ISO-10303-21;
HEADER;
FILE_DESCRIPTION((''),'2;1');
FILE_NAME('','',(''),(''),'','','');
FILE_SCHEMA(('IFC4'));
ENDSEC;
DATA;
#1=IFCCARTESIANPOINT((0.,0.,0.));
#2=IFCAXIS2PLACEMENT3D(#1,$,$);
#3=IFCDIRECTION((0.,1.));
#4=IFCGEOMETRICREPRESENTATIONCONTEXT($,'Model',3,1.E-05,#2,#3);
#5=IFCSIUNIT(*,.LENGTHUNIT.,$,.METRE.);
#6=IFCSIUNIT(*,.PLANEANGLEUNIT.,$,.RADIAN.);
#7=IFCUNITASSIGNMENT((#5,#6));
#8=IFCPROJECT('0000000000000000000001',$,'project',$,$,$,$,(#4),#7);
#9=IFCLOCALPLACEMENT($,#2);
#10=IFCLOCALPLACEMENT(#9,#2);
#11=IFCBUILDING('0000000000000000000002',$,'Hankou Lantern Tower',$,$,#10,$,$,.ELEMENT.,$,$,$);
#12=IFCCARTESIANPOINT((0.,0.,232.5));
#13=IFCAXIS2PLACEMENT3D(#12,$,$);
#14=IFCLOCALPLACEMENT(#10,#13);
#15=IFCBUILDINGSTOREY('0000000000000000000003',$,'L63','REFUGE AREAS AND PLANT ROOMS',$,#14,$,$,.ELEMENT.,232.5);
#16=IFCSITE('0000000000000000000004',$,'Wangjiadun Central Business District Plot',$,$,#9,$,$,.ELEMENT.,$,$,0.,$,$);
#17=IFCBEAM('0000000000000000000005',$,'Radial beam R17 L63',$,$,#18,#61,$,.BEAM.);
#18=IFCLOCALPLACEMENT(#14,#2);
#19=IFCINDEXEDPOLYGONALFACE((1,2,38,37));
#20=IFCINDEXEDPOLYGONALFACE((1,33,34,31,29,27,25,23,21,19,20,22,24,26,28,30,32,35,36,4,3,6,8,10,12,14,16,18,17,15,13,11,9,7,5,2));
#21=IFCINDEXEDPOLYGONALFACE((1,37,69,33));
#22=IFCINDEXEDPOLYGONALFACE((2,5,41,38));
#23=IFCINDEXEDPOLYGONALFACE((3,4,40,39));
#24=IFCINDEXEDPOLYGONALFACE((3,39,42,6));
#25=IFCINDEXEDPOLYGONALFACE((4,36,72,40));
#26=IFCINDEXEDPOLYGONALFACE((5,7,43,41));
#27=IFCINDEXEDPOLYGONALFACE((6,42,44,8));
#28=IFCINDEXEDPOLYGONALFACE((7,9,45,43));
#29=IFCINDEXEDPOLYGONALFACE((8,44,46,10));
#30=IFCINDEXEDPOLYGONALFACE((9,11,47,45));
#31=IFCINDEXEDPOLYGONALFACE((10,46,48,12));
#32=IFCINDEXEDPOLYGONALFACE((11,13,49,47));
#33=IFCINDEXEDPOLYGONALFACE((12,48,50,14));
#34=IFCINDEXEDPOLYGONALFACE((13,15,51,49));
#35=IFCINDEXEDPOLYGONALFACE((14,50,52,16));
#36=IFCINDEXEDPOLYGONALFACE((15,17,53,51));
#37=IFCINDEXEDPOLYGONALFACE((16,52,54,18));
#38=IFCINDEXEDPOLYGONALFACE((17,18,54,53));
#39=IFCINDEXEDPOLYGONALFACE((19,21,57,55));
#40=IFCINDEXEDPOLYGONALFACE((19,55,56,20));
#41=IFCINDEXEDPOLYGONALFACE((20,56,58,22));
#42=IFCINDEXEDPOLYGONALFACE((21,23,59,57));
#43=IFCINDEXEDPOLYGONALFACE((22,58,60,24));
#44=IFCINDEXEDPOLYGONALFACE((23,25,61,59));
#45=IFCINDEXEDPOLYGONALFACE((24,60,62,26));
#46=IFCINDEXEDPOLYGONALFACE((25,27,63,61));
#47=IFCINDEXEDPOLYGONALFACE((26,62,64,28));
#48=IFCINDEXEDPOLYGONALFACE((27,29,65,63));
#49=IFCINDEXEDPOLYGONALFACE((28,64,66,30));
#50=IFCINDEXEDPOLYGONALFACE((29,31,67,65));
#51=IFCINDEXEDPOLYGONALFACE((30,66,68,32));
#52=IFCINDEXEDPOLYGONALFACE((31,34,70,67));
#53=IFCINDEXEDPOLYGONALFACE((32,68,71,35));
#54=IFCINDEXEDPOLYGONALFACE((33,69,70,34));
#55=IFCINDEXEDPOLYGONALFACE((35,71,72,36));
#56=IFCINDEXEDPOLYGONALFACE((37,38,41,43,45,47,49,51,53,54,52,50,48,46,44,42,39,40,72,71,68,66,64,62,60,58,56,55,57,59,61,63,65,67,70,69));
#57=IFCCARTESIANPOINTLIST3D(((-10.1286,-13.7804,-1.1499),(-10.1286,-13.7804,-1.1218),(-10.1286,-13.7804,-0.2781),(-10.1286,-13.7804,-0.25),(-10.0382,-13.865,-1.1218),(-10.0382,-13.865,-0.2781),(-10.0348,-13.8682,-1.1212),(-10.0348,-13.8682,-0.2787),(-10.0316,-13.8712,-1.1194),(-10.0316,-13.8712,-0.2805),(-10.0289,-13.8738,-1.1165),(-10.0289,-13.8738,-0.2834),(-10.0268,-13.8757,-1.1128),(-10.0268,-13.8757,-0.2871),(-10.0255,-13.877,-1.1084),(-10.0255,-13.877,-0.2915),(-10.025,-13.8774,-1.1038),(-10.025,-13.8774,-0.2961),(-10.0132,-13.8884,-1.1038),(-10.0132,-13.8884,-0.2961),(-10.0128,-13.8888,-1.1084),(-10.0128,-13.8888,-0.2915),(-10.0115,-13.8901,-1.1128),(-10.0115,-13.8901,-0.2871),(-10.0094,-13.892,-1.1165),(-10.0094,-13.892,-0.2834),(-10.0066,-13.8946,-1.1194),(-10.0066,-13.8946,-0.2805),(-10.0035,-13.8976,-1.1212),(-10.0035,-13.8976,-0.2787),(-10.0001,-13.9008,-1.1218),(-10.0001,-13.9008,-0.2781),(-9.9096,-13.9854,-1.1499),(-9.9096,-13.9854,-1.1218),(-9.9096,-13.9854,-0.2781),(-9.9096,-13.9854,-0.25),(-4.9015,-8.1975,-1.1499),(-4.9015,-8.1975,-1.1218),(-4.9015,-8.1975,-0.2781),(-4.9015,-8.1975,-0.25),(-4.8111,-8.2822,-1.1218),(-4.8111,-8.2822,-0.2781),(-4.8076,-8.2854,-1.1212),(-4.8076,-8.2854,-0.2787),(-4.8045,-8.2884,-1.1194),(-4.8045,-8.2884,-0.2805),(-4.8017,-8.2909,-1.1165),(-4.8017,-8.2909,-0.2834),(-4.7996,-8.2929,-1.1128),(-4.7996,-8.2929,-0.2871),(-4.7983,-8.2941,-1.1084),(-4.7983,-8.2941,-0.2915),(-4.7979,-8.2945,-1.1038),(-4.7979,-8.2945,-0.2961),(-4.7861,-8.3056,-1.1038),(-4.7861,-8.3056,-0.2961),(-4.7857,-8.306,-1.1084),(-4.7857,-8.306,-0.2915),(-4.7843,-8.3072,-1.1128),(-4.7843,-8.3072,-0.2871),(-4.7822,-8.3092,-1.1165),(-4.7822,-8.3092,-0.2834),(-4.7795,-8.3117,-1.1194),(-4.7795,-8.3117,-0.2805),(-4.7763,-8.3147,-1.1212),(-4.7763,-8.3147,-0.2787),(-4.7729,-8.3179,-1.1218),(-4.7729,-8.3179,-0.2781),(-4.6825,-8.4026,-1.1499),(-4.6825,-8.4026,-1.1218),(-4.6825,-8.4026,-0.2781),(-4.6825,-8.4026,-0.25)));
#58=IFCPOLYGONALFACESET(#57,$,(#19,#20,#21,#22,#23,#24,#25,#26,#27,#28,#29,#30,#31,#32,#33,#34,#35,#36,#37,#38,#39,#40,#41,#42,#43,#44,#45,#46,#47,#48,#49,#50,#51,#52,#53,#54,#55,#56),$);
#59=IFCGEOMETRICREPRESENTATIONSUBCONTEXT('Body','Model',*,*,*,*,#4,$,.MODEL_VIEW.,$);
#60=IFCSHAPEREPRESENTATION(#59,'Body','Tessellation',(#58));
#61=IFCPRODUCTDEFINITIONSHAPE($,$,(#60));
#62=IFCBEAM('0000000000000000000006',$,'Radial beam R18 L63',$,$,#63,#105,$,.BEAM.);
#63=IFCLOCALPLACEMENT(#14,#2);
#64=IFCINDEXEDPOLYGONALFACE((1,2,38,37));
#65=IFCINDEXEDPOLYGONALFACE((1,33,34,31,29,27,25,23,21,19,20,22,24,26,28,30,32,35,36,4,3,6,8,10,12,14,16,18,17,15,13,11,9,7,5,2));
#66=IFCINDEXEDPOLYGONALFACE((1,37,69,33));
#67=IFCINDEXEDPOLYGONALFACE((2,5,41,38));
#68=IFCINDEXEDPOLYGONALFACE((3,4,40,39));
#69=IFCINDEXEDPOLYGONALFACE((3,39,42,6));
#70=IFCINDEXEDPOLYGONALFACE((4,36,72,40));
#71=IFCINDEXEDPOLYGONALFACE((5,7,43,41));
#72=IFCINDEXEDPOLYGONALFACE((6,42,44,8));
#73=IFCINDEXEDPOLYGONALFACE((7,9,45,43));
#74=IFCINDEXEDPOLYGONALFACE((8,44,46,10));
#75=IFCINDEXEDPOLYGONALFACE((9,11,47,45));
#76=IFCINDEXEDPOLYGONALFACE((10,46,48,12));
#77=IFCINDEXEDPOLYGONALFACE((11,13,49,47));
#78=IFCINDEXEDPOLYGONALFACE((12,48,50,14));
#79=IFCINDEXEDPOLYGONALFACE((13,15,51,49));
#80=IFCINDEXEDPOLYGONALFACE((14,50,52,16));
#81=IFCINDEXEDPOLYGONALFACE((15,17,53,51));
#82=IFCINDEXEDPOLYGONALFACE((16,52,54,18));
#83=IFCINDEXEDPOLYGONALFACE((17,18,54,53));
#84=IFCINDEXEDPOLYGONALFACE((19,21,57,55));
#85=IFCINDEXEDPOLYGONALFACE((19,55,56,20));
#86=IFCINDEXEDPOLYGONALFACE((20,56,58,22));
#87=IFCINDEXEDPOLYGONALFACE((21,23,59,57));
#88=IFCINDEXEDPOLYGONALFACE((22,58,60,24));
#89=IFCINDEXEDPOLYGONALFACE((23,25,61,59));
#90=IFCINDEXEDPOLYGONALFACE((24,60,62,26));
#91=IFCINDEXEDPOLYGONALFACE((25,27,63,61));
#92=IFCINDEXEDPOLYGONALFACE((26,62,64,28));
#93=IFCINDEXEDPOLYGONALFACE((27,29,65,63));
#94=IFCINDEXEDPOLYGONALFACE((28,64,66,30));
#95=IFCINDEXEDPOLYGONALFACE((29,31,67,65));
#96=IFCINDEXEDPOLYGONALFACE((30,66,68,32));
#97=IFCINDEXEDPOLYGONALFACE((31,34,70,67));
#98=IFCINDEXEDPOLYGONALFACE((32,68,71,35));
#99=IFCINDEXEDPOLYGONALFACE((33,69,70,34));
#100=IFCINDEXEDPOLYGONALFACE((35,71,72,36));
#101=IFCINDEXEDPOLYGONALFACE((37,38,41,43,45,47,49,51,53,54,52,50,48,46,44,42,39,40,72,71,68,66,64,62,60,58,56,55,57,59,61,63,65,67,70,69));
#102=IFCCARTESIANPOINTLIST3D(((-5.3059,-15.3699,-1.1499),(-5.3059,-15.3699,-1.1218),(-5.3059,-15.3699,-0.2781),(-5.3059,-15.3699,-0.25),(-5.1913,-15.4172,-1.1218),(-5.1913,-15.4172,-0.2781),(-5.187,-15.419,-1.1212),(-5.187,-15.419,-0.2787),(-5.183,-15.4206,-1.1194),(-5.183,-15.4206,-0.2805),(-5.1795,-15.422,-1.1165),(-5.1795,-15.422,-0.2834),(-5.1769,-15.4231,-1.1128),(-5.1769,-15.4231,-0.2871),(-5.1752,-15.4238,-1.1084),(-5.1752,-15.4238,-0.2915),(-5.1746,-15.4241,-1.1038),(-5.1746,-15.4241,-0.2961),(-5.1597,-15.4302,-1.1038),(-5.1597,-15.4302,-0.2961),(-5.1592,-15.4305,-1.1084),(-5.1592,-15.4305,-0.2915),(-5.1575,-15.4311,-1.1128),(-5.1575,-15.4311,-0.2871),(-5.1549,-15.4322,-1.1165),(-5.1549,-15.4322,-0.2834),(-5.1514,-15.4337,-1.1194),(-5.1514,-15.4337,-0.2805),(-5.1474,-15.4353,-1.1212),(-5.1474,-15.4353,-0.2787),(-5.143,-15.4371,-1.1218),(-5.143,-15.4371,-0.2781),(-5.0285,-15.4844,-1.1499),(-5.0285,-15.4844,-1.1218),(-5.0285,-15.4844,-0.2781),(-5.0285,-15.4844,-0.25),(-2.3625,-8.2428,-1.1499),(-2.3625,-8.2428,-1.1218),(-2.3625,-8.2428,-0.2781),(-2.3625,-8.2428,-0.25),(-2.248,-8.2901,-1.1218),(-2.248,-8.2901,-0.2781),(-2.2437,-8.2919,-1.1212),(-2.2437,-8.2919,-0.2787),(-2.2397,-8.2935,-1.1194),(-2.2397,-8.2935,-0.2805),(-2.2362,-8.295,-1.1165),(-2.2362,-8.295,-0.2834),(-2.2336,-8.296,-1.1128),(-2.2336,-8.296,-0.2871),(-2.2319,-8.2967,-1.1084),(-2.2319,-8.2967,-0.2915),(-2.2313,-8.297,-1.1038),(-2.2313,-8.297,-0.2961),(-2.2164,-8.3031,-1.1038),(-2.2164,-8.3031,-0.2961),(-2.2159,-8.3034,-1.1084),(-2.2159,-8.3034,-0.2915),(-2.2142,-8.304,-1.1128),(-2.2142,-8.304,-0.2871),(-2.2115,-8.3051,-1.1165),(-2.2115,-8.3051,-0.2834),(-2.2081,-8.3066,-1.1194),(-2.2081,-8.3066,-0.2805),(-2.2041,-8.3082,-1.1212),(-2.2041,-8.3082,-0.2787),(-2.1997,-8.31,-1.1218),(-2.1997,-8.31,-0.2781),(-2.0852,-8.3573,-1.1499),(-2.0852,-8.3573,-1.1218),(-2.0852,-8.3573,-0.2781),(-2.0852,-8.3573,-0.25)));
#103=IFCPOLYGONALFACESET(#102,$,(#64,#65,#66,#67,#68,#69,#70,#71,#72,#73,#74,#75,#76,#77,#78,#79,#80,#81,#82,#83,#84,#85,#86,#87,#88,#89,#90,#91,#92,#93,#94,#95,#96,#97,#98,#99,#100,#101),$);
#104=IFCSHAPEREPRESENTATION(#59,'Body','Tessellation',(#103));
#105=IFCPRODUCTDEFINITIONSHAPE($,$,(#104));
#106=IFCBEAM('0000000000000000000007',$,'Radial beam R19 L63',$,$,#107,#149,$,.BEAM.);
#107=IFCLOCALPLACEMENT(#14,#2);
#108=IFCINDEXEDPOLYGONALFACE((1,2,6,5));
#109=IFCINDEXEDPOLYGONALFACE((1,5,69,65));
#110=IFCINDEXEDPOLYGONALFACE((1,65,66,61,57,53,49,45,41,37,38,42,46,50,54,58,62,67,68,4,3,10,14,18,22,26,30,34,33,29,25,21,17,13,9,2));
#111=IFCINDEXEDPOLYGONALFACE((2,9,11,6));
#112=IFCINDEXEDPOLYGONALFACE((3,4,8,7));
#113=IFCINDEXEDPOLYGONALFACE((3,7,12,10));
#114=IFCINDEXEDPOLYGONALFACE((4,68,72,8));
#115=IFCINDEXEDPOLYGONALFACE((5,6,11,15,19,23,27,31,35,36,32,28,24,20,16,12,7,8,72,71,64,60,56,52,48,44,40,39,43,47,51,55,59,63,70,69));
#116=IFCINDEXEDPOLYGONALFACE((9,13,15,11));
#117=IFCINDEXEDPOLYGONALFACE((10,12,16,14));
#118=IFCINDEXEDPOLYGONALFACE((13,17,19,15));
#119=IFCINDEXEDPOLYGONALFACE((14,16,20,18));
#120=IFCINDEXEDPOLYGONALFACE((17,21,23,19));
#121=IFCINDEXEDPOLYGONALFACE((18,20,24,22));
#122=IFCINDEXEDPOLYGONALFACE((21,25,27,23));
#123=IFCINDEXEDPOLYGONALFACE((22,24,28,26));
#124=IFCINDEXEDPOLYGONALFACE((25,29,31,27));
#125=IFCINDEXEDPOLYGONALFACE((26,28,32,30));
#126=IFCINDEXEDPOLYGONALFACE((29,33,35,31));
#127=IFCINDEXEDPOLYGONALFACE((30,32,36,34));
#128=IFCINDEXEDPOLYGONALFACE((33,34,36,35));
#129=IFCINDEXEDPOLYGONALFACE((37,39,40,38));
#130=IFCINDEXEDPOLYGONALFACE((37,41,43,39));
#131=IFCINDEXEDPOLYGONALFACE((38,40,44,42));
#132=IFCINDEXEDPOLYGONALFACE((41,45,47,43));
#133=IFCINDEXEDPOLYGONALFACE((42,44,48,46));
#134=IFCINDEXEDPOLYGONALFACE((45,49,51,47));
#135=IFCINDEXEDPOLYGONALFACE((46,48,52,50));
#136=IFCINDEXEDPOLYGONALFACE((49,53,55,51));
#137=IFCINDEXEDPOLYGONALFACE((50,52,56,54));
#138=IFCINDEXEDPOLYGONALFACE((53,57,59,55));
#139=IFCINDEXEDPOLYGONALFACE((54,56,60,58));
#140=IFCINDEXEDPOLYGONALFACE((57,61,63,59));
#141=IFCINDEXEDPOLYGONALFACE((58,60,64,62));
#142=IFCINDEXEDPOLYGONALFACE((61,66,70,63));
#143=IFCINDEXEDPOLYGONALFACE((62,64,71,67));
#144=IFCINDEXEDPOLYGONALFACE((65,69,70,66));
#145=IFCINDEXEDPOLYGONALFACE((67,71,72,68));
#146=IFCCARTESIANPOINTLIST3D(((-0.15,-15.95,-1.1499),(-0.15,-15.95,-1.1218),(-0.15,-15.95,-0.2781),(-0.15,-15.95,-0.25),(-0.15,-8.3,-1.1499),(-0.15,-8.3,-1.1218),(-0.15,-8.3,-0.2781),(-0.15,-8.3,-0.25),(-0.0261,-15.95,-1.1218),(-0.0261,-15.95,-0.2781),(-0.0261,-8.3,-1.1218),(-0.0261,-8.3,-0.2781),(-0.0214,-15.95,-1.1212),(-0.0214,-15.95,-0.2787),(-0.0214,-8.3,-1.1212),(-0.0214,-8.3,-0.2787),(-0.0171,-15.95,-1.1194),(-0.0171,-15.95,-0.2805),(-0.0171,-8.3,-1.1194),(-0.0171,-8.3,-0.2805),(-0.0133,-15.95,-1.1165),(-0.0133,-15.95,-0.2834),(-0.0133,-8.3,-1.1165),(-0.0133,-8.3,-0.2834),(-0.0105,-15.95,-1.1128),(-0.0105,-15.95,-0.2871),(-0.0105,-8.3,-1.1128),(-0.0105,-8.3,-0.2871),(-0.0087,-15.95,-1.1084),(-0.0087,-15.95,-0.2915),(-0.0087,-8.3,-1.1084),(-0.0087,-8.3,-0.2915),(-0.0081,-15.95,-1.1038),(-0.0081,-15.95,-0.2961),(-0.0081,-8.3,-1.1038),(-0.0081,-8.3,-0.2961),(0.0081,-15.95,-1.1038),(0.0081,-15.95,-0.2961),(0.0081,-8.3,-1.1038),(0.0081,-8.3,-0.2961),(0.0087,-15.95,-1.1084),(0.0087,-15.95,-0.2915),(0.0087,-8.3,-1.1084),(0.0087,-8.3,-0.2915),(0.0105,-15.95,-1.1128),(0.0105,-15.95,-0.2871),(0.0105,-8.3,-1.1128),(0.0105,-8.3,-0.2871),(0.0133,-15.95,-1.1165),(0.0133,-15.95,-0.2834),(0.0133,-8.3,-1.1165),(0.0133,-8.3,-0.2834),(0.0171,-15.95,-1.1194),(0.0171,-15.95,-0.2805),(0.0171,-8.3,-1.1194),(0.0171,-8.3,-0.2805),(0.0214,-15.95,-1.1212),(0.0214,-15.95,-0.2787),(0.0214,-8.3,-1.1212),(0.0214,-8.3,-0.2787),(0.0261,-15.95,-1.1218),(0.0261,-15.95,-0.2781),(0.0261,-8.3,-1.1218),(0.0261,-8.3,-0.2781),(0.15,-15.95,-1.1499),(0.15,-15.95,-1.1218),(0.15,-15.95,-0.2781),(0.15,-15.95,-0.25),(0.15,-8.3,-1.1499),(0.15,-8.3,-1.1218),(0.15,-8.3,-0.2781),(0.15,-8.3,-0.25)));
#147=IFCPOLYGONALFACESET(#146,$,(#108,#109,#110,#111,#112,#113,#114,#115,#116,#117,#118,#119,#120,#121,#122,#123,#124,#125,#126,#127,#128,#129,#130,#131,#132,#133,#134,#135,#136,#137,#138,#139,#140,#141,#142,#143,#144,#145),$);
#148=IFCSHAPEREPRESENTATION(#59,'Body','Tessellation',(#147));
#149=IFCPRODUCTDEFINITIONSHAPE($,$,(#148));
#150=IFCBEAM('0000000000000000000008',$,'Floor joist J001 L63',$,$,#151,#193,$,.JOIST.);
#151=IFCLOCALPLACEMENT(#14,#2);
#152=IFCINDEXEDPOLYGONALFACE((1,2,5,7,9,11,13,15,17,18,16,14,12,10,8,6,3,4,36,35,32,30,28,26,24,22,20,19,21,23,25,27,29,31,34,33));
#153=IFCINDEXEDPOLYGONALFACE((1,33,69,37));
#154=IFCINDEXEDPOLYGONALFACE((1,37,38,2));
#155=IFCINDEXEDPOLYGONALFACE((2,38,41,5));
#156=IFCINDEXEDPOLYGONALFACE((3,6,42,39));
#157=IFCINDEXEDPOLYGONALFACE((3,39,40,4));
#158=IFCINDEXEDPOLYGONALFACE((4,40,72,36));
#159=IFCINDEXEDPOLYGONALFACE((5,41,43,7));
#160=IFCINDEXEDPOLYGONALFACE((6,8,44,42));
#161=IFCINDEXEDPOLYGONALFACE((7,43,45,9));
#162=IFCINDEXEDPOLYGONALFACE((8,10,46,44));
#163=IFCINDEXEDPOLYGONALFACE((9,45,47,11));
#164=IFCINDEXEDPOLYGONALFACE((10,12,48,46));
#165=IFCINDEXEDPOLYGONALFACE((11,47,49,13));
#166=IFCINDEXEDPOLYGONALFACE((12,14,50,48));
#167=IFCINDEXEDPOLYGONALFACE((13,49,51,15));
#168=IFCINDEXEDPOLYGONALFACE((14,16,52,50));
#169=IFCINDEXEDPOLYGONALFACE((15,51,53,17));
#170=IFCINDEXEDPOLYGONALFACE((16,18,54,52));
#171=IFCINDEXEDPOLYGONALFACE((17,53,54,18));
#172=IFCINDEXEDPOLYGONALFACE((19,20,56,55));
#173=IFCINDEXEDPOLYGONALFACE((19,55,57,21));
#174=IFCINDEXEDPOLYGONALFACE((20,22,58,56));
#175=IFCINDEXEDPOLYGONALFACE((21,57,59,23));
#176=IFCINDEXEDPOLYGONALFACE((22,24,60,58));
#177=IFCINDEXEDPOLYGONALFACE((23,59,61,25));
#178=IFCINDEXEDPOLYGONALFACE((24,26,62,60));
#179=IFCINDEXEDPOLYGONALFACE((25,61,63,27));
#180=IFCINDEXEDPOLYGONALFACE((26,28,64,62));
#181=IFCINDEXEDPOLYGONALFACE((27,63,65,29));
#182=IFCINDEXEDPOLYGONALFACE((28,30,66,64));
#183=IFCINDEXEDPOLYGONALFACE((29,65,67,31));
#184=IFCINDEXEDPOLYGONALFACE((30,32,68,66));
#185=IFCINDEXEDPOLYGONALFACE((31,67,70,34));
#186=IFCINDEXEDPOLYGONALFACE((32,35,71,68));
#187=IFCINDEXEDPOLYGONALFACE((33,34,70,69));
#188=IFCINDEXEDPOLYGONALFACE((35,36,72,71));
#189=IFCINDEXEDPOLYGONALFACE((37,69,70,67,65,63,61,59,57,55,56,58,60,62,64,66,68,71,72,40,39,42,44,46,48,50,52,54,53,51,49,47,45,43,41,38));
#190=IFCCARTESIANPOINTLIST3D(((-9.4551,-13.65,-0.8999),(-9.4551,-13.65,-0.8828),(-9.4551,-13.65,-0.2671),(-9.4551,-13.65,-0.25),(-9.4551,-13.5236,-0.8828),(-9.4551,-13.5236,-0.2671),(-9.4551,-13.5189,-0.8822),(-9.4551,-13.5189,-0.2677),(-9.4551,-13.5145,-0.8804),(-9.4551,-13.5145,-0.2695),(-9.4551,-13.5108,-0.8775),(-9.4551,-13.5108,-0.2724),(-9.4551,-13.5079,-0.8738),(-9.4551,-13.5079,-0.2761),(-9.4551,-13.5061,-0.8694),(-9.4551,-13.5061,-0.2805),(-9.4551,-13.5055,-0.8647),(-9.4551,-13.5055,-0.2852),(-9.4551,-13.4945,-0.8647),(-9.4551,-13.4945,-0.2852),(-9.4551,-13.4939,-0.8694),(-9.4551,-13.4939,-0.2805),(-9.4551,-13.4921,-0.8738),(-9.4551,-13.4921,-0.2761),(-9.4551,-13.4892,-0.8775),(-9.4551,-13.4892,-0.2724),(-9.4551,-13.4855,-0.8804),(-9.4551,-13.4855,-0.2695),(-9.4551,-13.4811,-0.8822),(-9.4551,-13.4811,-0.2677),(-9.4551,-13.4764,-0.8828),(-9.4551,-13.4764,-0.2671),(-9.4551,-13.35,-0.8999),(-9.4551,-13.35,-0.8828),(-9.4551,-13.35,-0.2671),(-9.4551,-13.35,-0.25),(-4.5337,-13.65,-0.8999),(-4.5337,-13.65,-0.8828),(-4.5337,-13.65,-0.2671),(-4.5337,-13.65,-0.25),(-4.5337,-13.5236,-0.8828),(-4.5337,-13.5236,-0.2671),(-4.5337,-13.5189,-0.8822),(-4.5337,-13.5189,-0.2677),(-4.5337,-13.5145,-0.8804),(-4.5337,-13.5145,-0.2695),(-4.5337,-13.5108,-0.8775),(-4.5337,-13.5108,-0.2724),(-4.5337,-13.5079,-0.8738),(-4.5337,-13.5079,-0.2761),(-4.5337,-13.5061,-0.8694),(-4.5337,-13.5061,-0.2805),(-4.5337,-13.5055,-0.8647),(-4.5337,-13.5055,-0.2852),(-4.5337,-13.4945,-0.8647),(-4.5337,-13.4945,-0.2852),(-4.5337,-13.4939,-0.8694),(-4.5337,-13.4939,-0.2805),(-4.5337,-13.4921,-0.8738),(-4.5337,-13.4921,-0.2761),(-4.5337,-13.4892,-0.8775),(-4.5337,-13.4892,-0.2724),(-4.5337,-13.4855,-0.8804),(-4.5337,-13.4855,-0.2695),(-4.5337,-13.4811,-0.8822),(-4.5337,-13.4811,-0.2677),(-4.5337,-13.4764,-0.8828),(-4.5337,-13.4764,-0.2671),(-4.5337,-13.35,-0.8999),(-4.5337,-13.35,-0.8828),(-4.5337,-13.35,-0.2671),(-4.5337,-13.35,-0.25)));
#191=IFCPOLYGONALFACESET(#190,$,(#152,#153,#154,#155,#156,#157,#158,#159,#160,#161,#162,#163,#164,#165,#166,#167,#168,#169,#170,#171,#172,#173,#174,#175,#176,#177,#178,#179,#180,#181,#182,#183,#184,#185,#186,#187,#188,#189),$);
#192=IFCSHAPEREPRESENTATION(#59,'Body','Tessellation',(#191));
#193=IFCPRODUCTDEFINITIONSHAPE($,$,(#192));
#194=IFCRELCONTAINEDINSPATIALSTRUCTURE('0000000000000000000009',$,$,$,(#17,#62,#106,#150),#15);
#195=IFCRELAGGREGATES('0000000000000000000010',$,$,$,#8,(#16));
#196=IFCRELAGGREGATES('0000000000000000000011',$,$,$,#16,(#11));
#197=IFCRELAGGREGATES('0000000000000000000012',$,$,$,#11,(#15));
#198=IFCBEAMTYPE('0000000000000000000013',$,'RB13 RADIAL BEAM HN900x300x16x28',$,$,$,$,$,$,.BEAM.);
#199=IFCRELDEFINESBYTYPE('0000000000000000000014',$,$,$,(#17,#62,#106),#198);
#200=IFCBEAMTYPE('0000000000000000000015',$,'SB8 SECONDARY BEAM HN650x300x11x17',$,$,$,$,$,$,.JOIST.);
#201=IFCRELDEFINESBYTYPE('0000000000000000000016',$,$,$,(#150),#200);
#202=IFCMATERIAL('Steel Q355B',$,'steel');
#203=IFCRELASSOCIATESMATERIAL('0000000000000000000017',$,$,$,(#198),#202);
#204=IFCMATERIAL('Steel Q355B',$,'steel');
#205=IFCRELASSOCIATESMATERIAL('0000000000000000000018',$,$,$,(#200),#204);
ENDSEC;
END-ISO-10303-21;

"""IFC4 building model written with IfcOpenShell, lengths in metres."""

from ifc_helpers import new_model, si_unit, direction, frame, origin, origin_2d, place, context, subcontext, project, spatial, i_section, extrude, material, material_profile, profile_set, type_object, element, save


model = new_model("IFC4")

# Units and contexts
model_context = context("Model", 3, precision=1e-05, world=origin(), true_north=direction((0.0, 1.0)))
body_context = subcontext(model_context, "Body", "Model", "MODEL_VIEW")
ifc_project = project(units=[si_unit("LENGTHUNIT", "METRE"), si_unit("PLANEANGLEUNIT", "RADIAN")], contexts=[model_context])

# Site, building, storey
site_placement = place(None, origin())
site = spatial("IfcSite", under=ifc_project, at=site_placement, Name="Wangjiadun Central Business District Plot", CompositionType="ELEMENT", RefElevation=0.0)
building_placement = place(site_placement, origin())
building = spatial("IfcBuilding", under=site, at=building_placement, Name="Hankou Lantern Tower", CompositionType="ELEMENT")
storey_placement = place(building_placement, frame((0.0, 0.0, 232.5)))
storey = spatial("IfcBuildingStorey", under=building, at=storey_placement, Name="L63", Description="REFUGE AREAS AND PLANT ROOMS", CompositionType="ELEMENT", Elevation=232.5)

# Beams
ifc_material_1 = material(Name="Steel Q355B", Category="steel")
ifc_material_profile_1 = material_profile(ifc_material_1, i_section(OverallWidth=0.3, OverallDepth=0.8999, WebThickness=0.0161, FlangeThickness=0.0281, FilletRadius=0.0181, at=origin_2d()), Name="HN900x300x16x28")
ifc_profile_set_1 = profile_set([ifc_material_profile_1], Name="Steel Q355B")
beam_type_1 = type_object("IfcBeamType", Name="RB13 RADIAL BEAM HN900x300x16x28", PredefinedType="BEAM", material=ifc_profile_set_1)
beam_1_placement = place(storey_placement, frame((-4.792, -8.3, -0.7), z_axis=(-0.683468, -0.72998, 0.0), x_axis=(0.72998, -0.683468, 0.0)))
element("IfcBeam", 1, at=beam_1_placement, inside=storey, type_object=beam_type_1, Name="Radial beam R17 L63", PredefinedType="BEAM", context=body_context, shape_type="SweptSolid", body=[
    extrude(i_section(OverallWidth=0.3, OverallDepth=0.8999, WebThickness=0.0161, FlangeThickness=0.0281, FilletRadius=0.0181, at=origin_2d()), origin(), (0.0, 0.0, 1.0), 7.6479),
])
beam_2_placement = place(storey_placement, frame((-2.2239, -8.3, -0.7), z_axis=(-0.381707, -0.924284, 0.0), x_axis=(0.924284, -0.381707, 0.0)))
element("IfcBeam", 2, at=beam_2_placement, inside=storey, type_object=beam_type_1, Name="Radial beam R18 L63", PredefinedType="BEAM", context=body_context, shape_type="SweptSolid", body=[
    extrude(i_section(OverallWidth=0.3, OverallDepth=0.8999, WebThickness=0.0161, FlangeThickness=0.0281, FilletRadius=0.0181, at=origin_2d()), origin(), (0.0, 0.0, 1.0), 7.7109),
])
beam_3_placement = place(storey_placement, frame((0.0, -8.3, -0.7), z_axis=(0.0, -1.0, 0.0), x_axis=(1.0, 0.0, 0.0)))
element("IfcBeam", 3, at=beam_3_placement, inside=storey, type_object=beam_type_1, Name="Radial beam R19 L63", PredefinedType="BEAM", context=body_context, shape_type="SweptSolid", body=[
    extrude(i_section(OverallWidth=0.3, OverallDepth=0.8999, WebThickness=0.0161, FlangeThickness=0.0281, FilletRadius=0.0181, at=origin_2d()), origin(), (0.0, 0.0, 1.0), 7.6499),
])
ifc_material_2 = material(Name="Steel Q355B", Category="steel")
ifc_material_profile_2 = material_profile(ifc_material_2, i_section(OverallWidth=0.3, OverallDepth=0.6499, WebThickness=0.011, FlangeThickness=0.0171, FilletRadius=0.0181, at=origin_2d()), Name="HN650x300x11x17")
ifc_profile_set_2 = profile_set([ifc_material_profile_2], Name="Steel Q355B")
beam_type_2 = type_object("IfcBeamType", Name="SB8 SECONDARY BEAM HN650x300x11x17", PredefinedType="JOIST", material=ifc_profile_set_2)
beam_4_placement = place(storey_placement, frame((-9.4551, -13.5, -0.575), z_axis=(1.0, 0.0, 0.0), x_axis=(0.0, 1.0, 0.0)))
element("IfcBeam", 4, at=beam_4_placement, inside=storey, type_object=beam_type_2, Name="Floor joist J001 L63", PredefinedType="JOIST", context=body_context, shape_type="SweptSolid", body=[
    extrude(i_section(OverallWidth=0.3, OverallDepth=0.6499, WebThickness=0.011, FlangeThickness=0.0171, FilletRadius=0.0181, at=origin_2d()), origin(), (0.0, 0.0, 1.0), 4.9214),
])

save(model, "model.ifc")
